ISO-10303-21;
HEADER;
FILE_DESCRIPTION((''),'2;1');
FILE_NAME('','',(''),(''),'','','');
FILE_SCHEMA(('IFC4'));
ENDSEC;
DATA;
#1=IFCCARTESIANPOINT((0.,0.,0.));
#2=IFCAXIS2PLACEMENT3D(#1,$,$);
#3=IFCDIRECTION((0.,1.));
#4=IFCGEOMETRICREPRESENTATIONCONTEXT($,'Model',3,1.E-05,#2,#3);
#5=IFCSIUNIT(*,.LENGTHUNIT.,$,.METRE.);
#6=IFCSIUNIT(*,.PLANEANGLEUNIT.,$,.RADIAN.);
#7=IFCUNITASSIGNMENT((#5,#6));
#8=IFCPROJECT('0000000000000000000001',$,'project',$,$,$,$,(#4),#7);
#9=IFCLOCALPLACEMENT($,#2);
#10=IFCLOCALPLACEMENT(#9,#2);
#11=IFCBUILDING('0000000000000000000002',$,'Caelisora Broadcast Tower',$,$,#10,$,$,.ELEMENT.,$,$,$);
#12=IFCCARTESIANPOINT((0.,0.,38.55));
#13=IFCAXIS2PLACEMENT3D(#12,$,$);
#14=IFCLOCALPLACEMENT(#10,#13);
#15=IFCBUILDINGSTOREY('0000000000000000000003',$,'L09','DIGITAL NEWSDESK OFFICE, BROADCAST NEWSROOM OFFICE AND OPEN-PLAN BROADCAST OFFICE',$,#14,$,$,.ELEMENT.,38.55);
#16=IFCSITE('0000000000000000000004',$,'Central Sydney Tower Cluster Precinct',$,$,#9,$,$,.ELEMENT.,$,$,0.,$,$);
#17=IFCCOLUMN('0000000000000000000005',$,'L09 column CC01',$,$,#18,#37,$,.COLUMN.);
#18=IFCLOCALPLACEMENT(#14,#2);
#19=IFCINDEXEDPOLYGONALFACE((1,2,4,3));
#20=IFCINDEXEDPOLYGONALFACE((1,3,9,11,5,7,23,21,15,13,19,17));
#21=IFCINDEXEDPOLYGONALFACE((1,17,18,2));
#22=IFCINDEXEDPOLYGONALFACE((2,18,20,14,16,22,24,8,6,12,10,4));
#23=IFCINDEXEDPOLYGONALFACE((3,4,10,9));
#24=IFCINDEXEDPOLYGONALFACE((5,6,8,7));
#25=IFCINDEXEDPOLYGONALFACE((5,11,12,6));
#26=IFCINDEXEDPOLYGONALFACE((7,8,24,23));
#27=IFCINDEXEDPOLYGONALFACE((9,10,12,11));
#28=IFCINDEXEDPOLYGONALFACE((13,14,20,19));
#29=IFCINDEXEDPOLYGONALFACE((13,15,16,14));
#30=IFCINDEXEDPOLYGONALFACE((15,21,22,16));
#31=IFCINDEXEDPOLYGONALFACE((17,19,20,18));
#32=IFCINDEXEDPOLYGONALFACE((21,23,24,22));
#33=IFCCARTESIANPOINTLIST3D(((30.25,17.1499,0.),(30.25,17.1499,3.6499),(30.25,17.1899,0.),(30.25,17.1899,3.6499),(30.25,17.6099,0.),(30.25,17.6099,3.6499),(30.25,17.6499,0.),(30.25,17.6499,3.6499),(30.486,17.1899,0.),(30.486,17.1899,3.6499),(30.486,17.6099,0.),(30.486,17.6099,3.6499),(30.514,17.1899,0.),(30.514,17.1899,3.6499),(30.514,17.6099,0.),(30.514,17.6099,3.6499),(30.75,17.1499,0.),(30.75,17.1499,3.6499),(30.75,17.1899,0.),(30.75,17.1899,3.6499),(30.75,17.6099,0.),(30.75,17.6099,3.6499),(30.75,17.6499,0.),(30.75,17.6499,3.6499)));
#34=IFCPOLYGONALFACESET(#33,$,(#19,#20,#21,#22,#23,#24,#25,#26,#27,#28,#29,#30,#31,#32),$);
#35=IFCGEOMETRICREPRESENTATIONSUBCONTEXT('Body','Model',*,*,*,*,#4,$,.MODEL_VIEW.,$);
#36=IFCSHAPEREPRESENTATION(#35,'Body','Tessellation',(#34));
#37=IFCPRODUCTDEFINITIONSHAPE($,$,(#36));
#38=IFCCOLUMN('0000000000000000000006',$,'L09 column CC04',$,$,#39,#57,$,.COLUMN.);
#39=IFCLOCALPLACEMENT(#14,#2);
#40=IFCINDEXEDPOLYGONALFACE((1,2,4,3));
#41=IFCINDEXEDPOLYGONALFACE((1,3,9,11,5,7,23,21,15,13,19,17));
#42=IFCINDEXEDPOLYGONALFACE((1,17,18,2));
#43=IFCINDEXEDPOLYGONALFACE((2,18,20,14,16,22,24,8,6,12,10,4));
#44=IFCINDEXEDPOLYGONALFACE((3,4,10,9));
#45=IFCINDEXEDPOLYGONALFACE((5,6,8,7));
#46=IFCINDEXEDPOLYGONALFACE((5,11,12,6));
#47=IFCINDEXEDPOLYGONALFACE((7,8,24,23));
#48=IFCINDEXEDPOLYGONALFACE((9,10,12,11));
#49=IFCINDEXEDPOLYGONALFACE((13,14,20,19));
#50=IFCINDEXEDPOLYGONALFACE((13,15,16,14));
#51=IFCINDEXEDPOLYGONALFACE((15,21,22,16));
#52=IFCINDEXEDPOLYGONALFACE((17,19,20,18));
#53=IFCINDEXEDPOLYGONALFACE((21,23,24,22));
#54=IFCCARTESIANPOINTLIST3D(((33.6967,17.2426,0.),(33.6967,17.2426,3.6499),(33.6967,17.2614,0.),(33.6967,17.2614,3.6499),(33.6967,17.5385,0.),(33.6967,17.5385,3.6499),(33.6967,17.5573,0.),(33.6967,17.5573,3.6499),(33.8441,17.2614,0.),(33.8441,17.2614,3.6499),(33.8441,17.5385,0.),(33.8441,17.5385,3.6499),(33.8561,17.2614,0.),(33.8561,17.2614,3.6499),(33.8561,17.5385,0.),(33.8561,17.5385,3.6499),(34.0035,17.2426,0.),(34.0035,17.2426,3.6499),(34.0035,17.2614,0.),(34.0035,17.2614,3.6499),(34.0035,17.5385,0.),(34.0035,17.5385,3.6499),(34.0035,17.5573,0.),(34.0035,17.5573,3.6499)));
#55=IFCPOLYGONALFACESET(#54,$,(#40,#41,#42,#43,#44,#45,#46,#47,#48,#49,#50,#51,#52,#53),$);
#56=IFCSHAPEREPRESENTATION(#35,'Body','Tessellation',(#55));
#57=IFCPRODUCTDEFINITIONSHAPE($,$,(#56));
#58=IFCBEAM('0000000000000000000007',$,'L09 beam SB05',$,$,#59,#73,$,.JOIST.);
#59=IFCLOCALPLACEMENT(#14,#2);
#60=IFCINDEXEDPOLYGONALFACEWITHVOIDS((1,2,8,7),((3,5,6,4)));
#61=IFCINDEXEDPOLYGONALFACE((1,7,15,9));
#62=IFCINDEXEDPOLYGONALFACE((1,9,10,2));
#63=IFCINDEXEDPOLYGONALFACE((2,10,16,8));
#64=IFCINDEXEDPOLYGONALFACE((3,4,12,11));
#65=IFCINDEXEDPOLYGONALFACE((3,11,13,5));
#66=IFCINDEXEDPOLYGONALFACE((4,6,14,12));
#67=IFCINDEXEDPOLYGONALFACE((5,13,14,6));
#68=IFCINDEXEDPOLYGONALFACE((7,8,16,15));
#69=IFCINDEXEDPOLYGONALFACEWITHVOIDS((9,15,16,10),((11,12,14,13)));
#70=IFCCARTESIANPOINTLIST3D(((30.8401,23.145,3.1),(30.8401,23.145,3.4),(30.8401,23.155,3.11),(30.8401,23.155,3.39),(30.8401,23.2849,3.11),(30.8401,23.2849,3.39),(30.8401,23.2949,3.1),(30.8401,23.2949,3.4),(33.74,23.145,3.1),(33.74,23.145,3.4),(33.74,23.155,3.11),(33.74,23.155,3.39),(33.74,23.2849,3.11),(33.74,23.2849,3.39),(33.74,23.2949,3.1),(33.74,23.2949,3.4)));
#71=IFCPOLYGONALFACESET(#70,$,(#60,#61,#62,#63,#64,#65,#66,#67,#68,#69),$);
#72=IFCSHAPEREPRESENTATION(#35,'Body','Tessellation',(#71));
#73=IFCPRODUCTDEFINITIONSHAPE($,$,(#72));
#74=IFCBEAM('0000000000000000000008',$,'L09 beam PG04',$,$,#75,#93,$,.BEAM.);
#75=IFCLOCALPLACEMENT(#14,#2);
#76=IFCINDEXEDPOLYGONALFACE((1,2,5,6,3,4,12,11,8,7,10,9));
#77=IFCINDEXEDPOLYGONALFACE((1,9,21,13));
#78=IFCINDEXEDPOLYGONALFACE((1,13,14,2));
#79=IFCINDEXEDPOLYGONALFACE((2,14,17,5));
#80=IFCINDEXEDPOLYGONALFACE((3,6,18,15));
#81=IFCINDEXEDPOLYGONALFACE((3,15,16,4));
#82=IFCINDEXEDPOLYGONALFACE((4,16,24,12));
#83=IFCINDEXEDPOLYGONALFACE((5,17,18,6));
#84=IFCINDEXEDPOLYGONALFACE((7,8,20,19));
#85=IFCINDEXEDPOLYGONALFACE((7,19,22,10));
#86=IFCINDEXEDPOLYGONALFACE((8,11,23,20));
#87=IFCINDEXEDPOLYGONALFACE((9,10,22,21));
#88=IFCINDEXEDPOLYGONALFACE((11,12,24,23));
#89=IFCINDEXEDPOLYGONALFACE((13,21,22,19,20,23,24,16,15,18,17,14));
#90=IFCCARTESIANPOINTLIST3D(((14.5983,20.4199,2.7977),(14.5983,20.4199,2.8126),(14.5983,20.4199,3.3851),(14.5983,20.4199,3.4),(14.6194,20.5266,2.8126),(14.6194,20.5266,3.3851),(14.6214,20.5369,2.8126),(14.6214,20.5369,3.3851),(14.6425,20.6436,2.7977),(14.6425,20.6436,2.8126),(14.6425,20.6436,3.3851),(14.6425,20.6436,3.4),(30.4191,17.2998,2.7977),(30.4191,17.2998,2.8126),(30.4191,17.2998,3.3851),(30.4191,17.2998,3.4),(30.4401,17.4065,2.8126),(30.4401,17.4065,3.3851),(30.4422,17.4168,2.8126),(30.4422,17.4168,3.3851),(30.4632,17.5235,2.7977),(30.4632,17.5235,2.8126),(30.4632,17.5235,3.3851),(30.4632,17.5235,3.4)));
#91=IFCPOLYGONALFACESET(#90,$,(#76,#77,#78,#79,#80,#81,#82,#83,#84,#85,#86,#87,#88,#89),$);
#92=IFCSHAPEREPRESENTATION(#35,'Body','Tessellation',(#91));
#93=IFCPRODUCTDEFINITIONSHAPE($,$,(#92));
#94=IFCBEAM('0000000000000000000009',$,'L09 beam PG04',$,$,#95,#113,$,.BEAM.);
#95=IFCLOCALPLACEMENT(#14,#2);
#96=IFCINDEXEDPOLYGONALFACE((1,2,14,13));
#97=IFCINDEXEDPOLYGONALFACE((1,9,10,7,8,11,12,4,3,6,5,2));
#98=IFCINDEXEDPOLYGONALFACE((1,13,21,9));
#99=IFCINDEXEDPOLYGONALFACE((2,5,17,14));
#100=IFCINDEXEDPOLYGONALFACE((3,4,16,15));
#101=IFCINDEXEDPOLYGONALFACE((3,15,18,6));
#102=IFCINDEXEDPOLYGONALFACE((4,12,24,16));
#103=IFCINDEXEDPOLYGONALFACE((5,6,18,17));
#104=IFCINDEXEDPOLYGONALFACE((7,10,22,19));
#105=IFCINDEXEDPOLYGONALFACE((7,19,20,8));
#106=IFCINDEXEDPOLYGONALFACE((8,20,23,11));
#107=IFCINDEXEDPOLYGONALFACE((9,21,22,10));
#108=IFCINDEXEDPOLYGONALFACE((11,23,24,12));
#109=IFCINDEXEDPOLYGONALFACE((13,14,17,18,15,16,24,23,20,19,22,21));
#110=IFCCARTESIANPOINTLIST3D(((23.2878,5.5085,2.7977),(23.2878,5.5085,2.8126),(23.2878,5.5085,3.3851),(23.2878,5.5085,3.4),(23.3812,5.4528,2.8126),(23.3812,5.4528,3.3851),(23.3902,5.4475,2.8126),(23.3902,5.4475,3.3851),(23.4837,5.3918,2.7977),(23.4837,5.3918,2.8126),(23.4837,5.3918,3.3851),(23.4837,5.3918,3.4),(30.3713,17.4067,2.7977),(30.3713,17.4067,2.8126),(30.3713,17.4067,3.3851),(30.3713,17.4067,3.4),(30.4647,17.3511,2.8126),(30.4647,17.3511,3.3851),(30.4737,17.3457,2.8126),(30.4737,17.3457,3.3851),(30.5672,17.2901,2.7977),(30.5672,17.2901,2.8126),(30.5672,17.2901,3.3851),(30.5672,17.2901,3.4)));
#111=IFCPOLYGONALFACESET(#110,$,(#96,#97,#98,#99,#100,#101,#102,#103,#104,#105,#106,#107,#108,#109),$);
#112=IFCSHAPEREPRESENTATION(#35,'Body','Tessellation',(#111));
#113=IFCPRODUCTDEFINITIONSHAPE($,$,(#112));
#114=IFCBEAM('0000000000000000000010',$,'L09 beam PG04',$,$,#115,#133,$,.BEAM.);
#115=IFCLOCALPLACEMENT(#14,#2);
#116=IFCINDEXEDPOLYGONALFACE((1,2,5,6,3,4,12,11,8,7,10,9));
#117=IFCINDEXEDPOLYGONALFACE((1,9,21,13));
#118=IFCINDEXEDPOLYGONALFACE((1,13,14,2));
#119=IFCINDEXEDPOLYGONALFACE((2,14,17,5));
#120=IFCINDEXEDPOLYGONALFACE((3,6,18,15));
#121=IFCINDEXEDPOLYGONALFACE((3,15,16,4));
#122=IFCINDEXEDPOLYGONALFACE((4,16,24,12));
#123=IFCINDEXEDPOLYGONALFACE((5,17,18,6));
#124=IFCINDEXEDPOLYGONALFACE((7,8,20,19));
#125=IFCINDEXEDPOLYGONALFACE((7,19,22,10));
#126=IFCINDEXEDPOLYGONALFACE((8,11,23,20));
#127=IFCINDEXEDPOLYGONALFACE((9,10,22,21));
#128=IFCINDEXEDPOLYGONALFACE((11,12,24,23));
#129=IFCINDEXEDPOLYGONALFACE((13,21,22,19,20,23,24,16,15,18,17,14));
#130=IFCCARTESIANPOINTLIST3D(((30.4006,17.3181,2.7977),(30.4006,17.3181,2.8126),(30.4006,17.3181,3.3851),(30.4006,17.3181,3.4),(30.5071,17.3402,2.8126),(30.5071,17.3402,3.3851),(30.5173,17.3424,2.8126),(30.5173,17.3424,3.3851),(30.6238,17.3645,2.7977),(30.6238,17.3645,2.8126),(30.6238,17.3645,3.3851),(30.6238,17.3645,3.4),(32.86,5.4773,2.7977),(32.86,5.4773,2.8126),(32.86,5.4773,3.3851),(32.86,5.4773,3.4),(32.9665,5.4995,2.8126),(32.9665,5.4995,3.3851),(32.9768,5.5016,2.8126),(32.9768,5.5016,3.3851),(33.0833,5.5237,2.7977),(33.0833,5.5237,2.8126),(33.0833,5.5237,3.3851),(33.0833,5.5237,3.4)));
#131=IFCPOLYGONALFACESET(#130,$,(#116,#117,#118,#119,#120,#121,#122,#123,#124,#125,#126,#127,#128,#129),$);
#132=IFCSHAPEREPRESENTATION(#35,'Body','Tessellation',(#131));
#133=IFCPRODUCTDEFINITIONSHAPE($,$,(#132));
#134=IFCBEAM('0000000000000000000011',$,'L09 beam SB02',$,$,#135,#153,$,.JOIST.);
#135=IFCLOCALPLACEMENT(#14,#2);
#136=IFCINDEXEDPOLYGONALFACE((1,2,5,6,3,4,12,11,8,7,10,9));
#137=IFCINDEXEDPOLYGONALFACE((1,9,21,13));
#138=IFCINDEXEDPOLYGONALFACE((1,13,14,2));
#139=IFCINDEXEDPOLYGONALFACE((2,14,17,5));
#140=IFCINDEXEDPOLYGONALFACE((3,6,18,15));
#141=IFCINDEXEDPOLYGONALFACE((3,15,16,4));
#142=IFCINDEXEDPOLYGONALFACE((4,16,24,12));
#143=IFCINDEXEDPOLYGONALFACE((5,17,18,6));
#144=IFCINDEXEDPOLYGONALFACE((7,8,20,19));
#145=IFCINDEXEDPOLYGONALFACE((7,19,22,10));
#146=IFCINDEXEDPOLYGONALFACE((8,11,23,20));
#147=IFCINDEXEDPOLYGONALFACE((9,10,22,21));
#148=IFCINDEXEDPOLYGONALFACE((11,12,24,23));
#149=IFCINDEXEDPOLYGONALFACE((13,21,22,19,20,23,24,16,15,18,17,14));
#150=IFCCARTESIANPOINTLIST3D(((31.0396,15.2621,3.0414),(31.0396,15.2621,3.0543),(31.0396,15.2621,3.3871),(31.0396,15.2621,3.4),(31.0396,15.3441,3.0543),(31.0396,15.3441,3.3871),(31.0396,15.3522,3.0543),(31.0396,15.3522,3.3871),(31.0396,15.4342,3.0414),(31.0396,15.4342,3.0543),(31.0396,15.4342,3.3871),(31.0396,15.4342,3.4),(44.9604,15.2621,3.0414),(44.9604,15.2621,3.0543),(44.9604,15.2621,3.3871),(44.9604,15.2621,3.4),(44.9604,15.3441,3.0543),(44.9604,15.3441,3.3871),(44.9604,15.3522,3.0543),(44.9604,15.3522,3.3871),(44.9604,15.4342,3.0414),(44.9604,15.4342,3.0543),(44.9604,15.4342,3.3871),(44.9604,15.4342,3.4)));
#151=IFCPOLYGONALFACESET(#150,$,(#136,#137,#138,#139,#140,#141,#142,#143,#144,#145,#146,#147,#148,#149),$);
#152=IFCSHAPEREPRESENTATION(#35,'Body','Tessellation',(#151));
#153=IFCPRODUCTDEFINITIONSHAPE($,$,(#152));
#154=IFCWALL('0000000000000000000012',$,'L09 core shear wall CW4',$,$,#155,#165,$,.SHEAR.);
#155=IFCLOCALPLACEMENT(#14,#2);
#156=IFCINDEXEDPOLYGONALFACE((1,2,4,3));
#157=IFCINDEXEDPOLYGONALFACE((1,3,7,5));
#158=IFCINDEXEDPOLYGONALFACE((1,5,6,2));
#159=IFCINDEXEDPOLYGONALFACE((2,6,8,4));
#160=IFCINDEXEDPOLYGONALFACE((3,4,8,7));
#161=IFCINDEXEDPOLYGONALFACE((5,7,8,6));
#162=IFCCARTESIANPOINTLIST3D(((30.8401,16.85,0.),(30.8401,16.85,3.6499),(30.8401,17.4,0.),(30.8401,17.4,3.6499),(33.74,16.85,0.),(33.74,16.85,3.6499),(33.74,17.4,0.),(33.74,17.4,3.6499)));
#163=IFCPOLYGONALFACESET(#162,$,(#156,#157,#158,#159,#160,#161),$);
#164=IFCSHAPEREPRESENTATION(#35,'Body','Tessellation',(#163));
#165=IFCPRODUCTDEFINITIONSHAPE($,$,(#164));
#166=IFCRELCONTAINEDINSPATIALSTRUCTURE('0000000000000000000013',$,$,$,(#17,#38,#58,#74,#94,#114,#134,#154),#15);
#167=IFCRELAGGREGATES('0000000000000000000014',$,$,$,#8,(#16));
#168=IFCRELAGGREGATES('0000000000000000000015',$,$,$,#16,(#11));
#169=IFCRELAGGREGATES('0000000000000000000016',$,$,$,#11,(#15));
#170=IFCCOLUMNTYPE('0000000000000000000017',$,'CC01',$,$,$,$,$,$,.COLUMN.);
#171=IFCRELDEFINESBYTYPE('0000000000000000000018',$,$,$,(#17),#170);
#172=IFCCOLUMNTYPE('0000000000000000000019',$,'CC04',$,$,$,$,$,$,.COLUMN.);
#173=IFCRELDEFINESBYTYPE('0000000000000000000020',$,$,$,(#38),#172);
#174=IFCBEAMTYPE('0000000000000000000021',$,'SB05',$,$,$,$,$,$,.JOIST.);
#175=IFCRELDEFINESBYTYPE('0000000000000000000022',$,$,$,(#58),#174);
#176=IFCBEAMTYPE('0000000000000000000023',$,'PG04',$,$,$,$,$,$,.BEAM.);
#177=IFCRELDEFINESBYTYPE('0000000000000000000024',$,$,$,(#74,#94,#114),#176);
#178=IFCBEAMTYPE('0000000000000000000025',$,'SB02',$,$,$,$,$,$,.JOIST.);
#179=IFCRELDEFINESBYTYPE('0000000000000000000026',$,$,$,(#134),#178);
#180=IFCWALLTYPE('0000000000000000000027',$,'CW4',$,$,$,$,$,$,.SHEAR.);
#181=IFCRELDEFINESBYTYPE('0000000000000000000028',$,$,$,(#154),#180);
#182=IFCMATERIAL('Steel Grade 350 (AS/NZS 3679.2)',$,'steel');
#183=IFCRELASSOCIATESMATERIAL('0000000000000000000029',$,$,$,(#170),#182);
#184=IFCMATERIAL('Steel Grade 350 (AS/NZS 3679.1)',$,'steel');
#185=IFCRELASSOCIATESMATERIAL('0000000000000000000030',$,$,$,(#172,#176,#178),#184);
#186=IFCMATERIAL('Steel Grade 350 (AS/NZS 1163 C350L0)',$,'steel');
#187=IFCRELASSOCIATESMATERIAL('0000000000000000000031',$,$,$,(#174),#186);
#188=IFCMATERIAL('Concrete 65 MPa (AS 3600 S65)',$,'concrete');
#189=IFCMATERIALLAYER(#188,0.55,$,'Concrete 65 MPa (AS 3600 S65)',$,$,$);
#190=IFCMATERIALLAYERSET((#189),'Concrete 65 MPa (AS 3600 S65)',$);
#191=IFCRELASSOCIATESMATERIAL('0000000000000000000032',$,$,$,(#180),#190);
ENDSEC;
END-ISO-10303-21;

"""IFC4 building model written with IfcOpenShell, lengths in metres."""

from ifc_helpers import new_model, si_unit, direction, frame, frame_2d, origin, origin_2d, place, context, subcontext, project, spatial, rectangle, hollow_rectangle, i_section, extrude, source, transform, mapped, material, layer, layer_set, material_profile, profile_set, type_object, type_shapes, element, save


model = new_model("IFC4")

# Units and contexts
model_context = context("Model", 3, precision=1e-05, world=origin(), true_north=direction((0.0, 1.0)))
body_context = subcontext(model_context, "Body", "Model", "MODEL_VIEW")
ifc_project = project(units=[si_unit("LENGTHUNIT", "METRE"), si_unit("PLANEANGLEUNIT", "RADIAN")], contexts=[model_context])

# Site, building, storey
site_placement = place(None, origin())
site = spatial("IfcSite", under=ifc_project, at=site_placement, Name="Central Sydney Tower Cluster Precinct", CompositionType="ELEMENT", RefElevation=0.0)
building_placement = place(site_placement, origin())
building = spatial("IfcBuilding", under=site, at=building_placement, Name="Caelisora Broadcast Tower", CompositionType="ELEMENT")
storey_placement = place(building_placement, frame((0.0, 0.0, 38.55)))
storey = spatial("IfcBuildingStorey", under=building, at=storey_placement, Name="L09", Description="DIGITAL NEWSDESK OFFICE, BROADCAST NEWSROOM OFFICE AND OPEN-PLAN BROADCAST OFFICE", CompositionType="ELEMENT", Elevation=38.55)

# Columns
ifc_material_1 = material(Name="Steel Grade 350 (AS/NZS 3679.2)", Category="steel")
ifc_material_profile_1 = material_profile(ifc_material_1, i_section(OverallWidth=0.5, OverallDepth=0.5, WebThickness=0.0281, FlangeThickness=0.04, at=origin_2d()), Name="Steel Grade 350 (AS/NZS 3679.2)")
ifc_profile_set_1 = profile_set([ifc_material_profile_1], Name="Steel Grade 350 (AS/NZS 3679.2)")
column_type_1 = type_object("IfcColumnType", Name="CC01", PredefinedType="COLUMN", material=ifc_profile_set_1)
shared_shape_1 = source(origin(), body_context, "Body", "SweptSolid", [
    extrude(i_section(OverallWidth=0.5, OverallDepth=0.5, WebThickness=0.0281, FlangeThickness=0.04, at=origin_2d()), origin(), (0.0, 0.0, 1.0), 3.6499),
])
type_shapes(column_type_1, [shared_shape_1])
column_1_placement = place(storey_placement, frame((30.5, 17.3999, 0.0), z_axis=(0.0, 0.0, 1.0), x_axis=(1.0, 0.0, 0.0)))
element("IfcColumn", 1, at=column_1_placement, inside=storey, type_object=column_type_1, Name="L09 column CC01", PredefinedType="COLUMN", context=body_context, shape_type="MappedRepresentation", body=[
    mapped(shared_shape_1, transform((0.0, 0.0, 0.0), scale=1.0)),
])
ifc_material_2 = material(Name="Steel Grade 350 (AS/NZS 3679.1)", Category="steel")
ifc_material_profile_2 = material_profile(ifc_material_2, i_section(OverallWidth=0.3069, OverallDepth=0.3147, WebThickness=0.012, FlangeThickness=0.0188, at=origin_2d()), Name="Steel Grade 350 (AS/NZS 3679.1)")
ifc_profile_set_2 = profile_set([ifc_material_profile_2], Name="Steel Grade 350 (AS/NZS 3679.1)")
column_type_2 = type_object("IfcColumnType", Name="CC04", PredefinedType="COLUMN", material=ifc_profile_set_2)
shared_shape_2 = source(origin(), body_context, "Body", "SweptSolid", [
    extrude(i_section(OverallWidth=0.3069, OverallDepth=0.3147, WebThickness=0.012, FlangeThickness=0.0188, at=origin_2d()), origin(), (0.0, 0.0, 1.0), 3.6499),
])
type_shapes(column_type_2, [shared_shape_2])
column_2_placement = place(storey_placement, frame((33.8501, 17.3999, 0.0), z_axis=(0.0, 0.0, 1.0), x_axis=(1.0, 0.0, 0.0)))
element("IfcColumn", 2, at=column_2_placement, inside=storey, type_object=column_type_2, Name="L09 column CC04", PredefinedType="COLUMN", context=body_context, shape_type="MappedRepresentation", body=[
    mapped(shared_shape_2, transform((0.0, 0.0, 0.0), scale=1.0)),
])

# Beams
ifc_material_3 = material(Name="Steel Grade 350 (AS/NZS 1163 C350L0)", Category="steel")
ifc_material_profile_3 = material_profile(ifc_material_3, hollow_rectangle(XDim=0.1499, YDim=0.3, WallThickness=0.01, at=origin_2d()), Name="Steel Grade 350 (AS/NZS 1163 C350L0)")
ifc_profile_set_3 = profile_set([ifc_material_profile_3], Name="Steel Grade 350 (AS/NZS 1163 C350L0)")
beam_type_1 = type_object("IfcBeamType", Name="SB05", PredefinedType="JOIST", material=ifc_profile_set_3)
shared_shape_3 = source(origin(), body_context, "Body", "SweptSolid", [
    extrude(hollow_rectangle(XDim=0.1499, YDim=0.3, WallThickness=0.01, at=origin_2d()), origin(), (0.0, 0.0, 1.0), 2.8999),
])
type_shapes(beam_type_1, [shared_shape_3])
beam_1_placement = place(storey_placement, frame((30.8401, 23.22, 3.25), z_axis=(1.0, 0.0, 0.0), x_axis=(0.0, 1.0, 0.0)))
element("IfcBeam", 3, at=beam_1_placement, inside=storey, type_object=beam_type_1, Name="L09 beam SB05", PredefinedType="JOIST", context=body_context, shape_type="MappedRepresentation", body=[
    mapped(shared_shape_3, transform((0.0, 0.0, 0.0), scale=1.0)),
])
ifc_material_profile_4 = material_profile(ifc_material_2, i_section(OverallWidth=0.228, OverallDepth=0.6023, WebThickness=0.0105, FlangeThickness=0.0149, at=origin_2d()), Name="Steel Grade 350 (AS/NZS 3679.1)")
ifc_profile_set_4 = profile_set([ifc_material_profile_4], Name="Steel Grade 350 (AS/NZS 3679.1)")
beam_type_2 = type_object("IfcBeamType", Name="PG04", PredefinedType="BEAM", material=ifc_profile_set_4)
shared_shape_4 = source(origin(), body_context, "Body", "SweptSolid", [
    extrude(i_section(OverallWidth=0.228, OverallDepth=0.6023, WebThickness=0.0105, FlangeThickness=0.0149, at=origin_2d()), origin(), (0.0, 0.0, 1.0), 16.1255),
])
beam_2_placement = place(storey_placement, frame((30.4412, 17.4116, 3.0989), z_axis=(-0.981102, 0.193489, 0.0), x_axis=(-0.193489, -0.981102, 0.0)))
element("IfcBeam", 4, at=beam_2_placement, inside=storey, type_object=beam_type_2, Name="L09 beam PG04", PredefinedType="BEAM", context=body_context, shape_type="MappedRepresentation", body=[
    mapped(shared_shape_4, transform((0.0, 0.0, 0.0), scale=1.0)),
])
shared_shape_5 = source(origin(), body_context, "Body", "SweptSolid", [
    extrude(i_section(OverallWidth=0.228, OverallDepth=0.6023, WebThickness=0.0105, FlangeThickness=0.0149, at=origin_2d()), origin(), (0.0, 0.0, 1.0), 13.8472),
])
beam_3_placement = place(storey_placement, frame((30.4692, 17.3484, 3.0989), z_axis=(-0.51155, -0.859254, 0.0), x_axis=(0.859254, -0.51155, 0.0)))
element("IfcBeam", 5, at=beam_3_placement, inside=storey, type_object=beam_type_2, Name="L09 beam PG04", PredefinedType="BEAM", context=body_context, shape_type="MappedRepresentation", body=[
    mapped(shared_shape_5, transform((0.0, 0.0, 0.0), scale=1.0)),
])
shared_shape_6 = source(origin(), body_context, "Body", "SweptSolid", [
    extrude(i_section(OverallWidth=0.228, OverallDepth=0.6023, WebThickness=0.0105, FlangeThickness=0.0149, at=origin_2d()), origin(), (0.0, 0.0, 1.0), 12.0935),
])
type_shapes(beam_type_2, [shared_shape_4, shared_shape_5, shared_shape_6])
beam_4_placement = place(storey_placement, frame((30.5122, 17.3413, 3.0989), z_axis=(0.203371, -0.979102, 0.0), x_axis=(0.979102, 0.203371, 0.0)))
element("IfcBeam", 6, at=beam_4_placement, inside=storey, type_object=beam_type_2, Name="L09 beam PG04", PredefinedType="BEAM", context=body_context, shape_type="MappedRepresentation", body=[
    mapped(shared_shape_6, transform((0.0, 0.0, 0.0), scale=1.0)),
])
ifc_material_profile_5 = material_profile(ifc_material_2, i_section(OverallWidth=0.1721, OverallDepth=0.3586, WebThickness=0.0081, FlangeThickness=0.0129, at=origin_2d()), Name="Steel Grade 350 (AS/NZS 3679.1)")
ifc_profile_set_5 = profile_set([ifc_material_profile_5], Name="Steel Grade 350 (AS/NZS 3679.1)")
beam_type_3 = type_object("IfcBeamType", Name="SB02", PredefinedType="JOIST", material=ifc_profile_set_5)
shared_shape_7 = source(origin(), body_context, "Body", "SweptSolid", [
    extrude(i_section(OverallWidth=0.1721, OverallDepth=0.3586, WebThickness=0.0081, FlangeThickness=0.0129, at=origin_2d()), origin(), (0.0, 0.0, 1.0), 13.9209),
])
type_shapes(beam_type_3, [shared_shape_7])
beam_5_placement = place(storey_placement, frame((31.0396, 15.3481, 3.2207), z_axis=(1.0, 0.0, 0.0), x_axis=(0.0, 1.0, 0.0)))
element("IfcBeam", 7, at=beam_5_placement, inside=storey, type_object=beam_type_3, Name="L09 beam SB02", PredefinedType="JOIST", context=body_context, shape_type="MappedRepresentation", body=[
    mapped(shared_shape_7, transform((0.0, 0.0, 0.0), scale=1.0)),
])

# Shared definitions
ifc_material_4 = material(Name="Concrete 65 MPa (AS 3600 S65)", Category="concrete")

# Wall
ifc_layer_1 = layer(ifc_material_4, 0.55, Name="Concrete 65 MPa (AS 3600 S65)")
ifc_layer_set_1 = layer_set([ifc_layer_1], Name="Concrete 65 MPa (AS 3600 S65)")
wall_type_1 = type_object("IfcWallType", Name="CW4", PredefinedType="SHEAR", material=ifc_layer_set_1)
wall_1_placement = place(storey_placement, frame((30.8401, 17.125, 0.0), z_axis=(0.0, 0.0, 1.0), x_axis=(1.0, 0.0, 0.0)))
element("IfcWall", 8, at=wall_1_placement, inside=storey, type_object=wall_type_1, Name="L09 core shear wall CW4", PredefinedType="SHEAR", context=body_context, shape_type="SweptSolid", body=[
    extrude(rectangle(XDim=2.8999, YDim=0.55, at=frame_2d((1.45, 0.0))), origin(), (0.0, 0.0, 1.0), 3.6499),
])

save(model, "model.ifc")
